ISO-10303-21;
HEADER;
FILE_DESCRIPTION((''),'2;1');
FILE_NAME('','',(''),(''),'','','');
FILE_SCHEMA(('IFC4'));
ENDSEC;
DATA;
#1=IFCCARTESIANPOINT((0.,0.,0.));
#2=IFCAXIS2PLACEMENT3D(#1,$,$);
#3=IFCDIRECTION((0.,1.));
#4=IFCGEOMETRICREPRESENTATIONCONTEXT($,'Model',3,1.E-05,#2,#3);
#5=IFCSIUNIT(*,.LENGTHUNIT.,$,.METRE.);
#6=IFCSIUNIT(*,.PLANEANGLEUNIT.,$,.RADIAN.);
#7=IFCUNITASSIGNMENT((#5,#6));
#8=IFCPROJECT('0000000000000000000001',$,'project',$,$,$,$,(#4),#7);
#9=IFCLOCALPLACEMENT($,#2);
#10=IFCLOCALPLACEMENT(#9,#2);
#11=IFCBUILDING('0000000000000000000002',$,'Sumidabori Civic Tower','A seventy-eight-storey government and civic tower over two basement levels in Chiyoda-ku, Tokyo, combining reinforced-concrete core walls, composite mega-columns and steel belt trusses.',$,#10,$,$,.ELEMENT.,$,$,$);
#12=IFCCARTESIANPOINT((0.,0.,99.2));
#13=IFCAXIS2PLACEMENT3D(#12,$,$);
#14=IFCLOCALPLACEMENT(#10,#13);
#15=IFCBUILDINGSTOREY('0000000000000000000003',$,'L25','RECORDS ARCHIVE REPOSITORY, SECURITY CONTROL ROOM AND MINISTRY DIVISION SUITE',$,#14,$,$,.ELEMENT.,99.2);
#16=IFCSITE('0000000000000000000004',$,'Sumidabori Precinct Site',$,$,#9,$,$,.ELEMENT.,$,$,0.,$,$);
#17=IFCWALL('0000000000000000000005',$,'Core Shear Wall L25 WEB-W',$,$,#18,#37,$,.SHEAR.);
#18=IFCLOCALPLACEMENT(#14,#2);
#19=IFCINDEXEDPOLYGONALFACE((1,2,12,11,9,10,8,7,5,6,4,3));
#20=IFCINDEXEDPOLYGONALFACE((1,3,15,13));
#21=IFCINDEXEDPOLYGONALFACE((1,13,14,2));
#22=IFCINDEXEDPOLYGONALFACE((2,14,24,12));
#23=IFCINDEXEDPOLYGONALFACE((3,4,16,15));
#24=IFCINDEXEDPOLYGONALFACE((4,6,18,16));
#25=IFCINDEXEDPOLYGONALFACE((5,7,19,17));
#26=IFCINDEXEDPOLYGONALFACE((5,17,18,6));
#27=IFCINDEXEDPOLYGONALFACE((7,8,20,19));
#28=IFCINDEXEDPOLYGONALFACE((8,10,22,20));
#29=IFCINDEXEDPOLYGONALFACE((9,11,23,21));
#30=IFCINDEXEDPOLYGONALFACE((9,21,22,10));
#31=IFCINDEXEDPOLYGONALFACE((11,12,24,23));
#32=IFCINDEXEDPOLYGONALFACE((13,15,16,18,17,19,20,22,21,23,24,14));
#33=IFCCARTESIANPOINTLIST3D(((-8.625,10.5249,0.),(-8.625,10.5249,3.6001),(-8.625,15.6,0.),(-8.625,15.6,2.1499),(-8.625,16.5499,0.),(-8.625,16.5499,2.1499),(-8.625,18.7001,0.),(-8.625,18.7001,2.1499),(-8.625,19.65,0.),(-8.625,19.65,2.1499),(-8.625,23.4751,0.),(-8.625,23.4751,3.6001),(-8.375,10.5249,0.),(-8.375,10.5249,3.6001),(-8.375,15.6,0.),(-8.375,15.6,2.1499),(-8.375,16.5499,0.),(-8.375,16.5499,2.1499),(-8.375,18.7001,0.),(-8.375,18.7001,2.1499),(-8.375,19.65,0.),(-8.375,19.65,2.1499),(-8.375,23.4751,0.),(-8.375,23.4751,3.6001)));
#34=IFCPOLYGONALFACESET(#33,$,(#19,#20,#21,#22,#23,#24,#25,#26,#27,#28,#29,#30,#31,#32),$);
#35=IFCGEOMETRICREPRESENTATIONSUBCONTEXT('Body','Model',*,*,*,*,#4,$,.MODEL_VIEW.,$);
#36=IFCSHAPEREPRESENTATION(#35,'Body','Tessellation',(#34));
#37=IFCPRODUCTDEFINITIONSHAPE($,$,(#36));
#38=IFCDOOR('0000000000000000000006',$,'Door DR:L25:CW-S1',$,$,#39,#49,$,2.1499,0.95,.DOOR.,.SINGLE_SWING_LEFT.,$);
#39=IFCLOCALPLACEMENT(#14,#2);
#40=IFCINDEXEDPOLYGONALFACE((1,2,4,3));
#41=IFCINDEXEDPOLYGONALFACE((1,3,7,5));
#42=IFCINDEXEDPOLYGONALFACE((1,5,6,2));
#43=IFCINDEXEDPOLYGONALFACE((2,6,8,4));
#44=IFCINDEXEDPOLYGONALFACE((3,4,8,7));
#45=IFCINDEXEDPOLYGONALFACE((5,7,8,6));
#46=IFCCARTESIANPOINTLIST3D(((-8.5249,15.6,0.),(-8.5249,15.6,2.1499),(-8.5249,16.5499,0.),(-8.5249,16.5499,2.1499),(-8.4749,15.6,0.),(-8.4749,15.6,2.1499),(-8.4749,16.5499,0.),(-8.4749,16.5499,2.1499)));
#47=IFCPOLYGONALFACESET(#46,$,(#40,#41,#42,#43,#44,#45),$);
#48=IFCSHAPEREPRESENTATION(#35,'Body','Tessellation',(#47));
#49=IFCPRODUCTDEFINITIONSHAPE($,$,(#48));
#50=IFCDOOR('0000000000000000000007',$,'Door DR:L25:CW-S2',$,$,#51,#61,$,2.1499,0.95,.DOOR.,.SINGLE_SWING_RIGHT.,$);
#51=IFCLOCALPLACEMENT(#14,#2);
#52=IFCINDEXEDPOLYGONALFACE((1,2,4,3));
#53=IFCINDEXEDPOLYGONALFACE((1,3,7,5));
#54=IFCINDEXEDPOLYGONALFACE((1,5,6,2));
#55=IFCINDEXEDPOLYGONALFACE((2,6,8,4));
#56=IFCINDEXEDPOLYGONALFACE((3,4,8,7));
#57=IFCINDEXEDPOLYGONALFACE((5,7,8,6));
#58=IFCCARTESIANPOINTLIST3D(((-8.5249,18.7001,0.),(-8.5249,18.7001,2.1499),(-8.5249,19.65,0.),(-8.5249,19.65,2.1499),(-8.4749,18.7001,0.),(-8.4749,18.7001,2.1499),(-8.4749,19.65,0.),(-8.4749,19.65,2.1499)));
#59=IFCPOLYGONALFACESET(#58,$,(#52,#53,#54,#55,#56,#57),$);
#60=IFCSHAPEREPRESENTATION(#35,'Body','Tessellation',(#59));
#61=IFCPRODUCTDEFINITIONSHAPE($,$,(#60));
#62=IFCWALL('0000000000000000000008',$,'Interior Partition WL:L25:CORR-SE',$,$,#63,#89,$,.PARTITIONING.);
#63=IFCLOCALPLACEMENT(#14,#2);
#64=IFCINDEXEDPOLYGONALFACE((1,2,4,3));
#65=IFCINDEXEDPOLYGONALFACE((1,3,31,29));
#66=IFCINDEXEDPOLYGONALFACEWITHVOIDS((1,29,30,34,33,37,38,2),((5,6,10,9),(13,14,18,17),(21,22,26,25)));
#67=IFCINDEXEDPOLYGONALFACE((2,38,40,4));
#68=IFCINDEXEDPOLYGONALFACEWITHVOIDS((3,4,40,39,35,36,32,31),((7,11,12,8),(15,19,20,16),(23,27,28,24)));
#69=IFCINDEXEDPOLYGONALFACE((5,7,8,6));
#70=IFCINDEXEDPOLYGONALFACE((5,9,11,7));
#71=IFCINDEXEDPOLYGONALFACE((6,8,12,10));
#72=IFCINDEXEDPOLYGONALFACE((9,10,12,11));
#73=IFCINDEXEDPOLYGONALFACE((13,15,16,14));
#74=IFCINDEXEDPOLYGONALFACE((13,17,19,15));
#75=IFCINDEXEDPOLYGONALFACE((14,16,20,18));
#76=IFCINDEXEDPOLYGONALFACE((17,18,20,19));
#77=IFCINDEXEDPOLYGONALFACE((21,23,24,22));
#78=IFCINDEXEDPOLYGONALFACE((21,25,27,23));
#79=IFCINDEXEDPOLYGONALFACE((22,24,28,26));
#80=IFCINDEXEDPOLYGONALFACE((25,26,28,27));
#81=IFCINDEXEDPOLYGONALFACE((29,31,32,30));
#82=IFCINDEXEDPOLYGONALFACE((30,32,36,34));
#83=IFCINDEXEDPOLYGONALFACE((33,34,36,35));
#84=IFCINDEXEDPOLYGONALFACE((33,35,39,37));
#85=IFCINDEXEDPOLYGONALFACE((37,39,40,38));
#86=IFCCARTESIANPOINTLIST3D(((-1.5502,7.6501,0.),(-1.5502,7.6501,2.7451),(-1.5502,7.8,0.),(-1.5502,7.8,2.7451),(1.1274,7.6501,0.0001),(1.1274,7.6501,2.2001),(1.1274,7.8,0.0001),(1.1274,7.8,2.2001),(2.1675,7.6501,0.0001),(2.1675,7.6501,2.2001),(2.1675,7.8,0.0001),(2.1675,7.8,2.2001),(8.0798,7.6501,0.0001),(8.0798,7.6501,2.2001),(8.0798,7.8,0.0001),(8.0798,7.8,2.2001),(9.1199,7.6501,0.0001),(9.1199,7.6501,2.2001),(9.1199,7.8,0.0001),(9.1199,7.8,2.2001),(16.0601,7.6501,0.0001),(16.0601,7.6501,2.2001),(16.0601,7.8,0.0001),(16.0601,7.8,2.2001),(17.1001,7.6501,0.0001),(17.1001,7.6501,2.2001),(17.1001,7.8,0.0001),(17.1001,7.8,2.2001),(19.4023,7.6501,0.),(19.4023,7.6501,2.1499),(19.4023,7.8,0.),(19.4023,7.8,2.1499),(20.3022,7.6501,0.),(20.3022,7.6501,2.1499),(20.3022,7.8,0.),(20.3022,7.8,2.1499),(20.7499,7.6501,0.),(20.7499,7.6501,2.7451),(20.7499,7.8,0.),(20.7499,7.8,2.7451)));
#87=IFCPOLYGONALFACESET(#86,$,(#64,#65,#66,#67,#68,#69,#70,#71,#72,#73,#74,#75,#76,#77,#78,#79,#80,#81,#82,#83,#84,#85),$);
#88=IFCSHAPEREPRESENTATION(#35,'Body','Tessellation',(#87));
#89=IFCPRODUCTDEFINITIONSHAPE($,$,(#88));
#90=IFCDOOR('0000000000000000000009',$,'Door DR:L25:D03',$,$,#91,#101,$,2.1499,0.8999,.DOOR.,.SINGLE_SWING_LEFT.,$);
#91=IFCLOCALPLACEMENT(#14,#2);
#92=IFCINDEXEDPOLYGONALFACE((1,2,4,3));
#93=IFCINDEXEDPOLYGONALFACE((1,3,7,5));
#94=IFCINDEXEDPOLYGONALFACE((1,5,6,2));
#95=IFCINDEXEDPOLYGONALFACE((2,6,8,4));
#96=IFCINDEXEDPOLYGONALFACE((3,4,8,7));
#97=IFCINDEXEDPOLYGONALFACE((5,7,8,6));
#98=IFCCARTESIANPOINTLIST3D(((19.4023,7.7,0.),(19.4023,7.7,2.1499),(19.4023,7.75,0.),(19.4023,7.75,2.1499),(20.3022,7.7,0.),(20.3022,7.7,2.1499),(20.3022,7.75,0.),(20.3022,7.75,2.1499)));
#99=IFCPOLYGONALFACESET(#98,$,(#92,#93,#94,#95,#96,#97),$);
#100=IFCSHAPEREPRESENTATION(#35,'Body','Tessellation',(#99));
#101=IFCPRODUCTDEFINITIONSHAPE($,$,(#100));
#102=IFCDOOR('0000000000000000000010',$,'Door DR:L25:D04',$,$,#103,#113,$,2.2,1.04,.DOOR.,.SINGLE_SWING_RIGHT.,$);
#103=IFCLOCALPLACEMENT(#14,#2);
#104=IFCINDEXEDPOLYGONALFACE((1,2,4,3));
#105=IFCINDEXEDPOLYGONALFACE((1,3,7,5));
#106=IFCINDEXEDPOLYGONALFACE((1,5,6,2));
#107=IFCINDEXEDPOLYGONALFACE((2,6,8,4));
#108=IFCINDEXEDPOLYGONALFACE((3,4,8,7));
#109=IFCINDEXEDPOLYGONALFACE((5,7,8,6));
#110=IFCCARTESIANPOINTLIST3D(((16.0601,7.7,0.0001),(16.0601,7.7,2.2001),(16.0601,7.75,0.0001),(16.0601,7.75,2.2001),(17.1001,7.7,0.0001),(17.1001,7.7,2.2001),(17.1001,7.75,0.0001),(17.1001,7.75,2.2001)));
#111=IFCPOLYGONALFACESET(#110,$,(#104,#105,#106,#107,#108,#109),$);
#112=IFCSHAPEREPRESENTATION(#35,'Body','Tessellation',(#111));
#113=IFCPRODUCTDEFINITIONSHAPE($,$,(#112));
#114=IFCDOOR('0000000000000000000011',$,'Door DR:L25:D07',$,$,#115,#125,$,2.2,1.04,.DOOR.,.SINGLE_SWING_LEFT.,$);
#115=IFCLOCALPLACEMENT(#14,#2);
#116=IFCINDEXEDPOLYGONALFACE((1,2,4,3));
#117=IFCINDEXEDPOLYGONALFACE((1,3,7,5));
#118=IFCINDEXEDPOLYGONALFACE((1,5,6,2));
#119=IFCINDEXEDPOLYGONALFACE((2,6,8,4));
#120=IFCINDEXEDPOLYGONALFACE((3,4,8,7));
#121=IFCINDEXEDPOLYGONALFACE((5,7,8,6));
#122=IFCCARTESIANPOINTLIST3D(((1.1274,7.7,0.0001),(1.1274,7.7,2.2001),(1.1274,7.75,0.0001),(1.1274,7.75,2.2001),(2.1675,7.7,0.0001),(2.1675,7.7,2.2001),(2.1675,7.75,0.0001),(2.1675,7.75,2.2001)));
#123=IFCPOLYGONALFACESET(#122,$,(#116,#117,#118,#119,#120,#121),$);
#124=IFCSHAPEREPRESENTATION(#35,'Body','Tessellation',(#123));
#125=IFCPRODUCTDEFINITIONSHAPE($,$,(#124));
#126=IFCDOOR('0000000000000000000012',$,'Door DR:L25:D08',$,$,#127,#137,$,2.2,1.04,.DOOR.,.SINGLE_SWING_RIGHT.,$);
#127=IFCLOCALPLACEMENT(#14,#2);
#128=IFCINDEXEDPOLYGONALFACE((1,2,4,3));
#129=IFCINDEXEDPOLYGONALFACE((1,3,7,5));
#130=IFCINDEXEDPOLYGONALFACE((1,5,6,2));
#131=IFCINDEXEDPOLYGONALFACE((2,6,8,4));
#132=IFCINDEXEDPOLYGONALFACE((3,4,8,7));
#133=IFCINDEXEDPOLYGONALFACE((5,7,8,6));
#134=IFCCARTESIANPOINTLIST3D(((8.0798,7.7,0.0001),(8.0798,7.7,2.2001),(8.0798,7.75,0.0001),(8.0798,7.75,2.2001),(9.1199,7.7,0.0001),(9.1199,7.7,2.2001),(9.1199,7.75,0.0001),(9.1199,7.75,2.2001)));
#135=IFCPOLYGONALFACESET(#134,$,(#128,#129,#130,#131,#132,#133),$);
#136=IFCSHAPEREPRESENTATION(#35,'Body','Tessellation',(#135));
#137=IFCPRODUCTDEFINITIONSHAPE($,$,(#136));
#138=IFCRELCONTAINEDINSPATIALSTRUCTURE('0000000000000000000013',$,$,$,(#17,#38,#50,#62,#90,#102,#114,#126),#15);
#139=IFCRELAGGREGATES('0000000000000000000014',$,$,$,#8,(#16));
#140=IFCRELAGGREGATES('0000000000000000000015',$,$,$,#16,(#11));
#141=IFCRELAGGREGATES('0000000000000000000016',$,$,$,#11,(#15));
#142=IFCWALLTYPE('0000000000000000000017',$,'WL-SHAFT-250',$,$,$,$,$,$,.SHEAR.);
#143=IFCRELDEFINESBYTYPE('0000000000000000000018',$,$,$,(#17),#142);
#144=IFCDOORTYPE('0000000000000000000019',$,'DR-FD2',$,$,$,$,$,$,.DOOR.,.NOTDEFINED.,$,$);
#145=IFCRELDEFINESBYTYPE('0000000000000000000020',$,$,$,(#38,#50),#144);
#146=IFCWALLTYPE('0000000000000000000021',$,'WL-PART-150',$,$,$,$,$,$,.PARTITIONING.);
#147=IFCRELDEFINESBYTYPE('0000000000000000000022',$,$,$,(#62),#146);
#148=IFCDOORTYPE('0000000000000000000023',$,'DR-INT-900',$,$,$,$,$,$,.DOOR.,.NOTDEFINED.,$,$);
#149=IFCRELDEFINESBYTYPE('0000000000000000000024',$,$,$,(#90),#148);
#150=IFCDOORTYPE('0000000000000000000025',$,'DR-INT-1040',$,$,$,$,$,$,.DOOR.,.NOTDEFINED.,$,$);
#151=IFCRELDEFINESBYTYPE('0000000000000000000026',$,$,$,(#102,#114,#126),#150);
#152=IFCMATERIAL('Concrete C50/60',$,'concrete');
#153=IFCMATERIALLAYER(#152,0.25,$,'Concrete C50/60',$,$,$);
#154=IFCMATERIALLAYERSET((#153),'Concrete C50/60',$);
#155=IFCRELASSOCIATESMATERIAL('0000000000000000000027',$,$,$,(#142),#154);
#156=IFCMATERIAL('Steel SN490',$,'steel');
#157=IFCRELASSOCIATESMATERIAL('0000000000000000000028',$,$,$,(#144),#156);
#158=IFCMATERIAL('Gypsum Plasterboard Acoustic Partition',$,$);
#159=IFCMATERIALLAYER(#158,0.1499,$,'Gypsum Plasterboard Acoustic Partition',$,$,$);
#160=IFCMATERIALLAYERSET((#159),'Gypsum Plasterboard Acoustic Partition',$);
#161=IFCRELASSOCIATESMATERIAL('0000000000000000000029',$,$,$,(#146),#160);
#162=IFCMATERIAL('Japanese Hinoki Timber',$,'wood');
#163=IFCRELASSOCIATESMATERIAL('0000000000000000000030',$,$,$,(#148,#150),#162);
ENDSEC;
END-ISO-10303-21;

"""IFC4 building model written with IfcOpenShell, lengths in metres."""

from ifc_helpers import new_model, si_unit, direction, frame, frame_2d, origin, place, context, subcontext, project, spatial, rectangle, extrude, source, transform, mapped, material, layer, layer_set, type_object, element, fill, save


model = new_model("IFC4")

# Units and contexts
model_context = context("Model", 3, precision=1e-05, world=origin(), true_north=direction((0.0, 1.0)))
body_context = subcontext(model_context, "Body", "Model", "MODEL_VIEW")
ifc_project = project(units=[si_unit("LENGTHUNIT", "METRE"), si_unit("PLANEANGLEUNIT", "RADIAN")], contexts=[model_context])

# Site, building, storey
site_placement = place(None, origin())
site = spatial("IfcSite", under=ifc_project, at=site_placement, Name="Sumidabori Precinct Site", CompositionType="ELEMENT", RefElevation=0.0)
building_placement = place(site_placement, origin())
building = spatial("IfcBuilding", under=site, at=building_placement, Name="Sumidabori Civic Tower", Description="A seventy-eight-storey government and civic tower over two basement levels in Chiyoda-ku, Tokyo, combining reinforced-concrete core walls, composite mega-columns and steel belt trusses.", CompositionType="ELEMENT")
storey_placement = place(building_placement, frame((0.0, 0.0, 99.2)))
storey = spatial("IfcBuildingStorey", under=building, at=storey_placement, Name="L25", Description="RECORDS ARCHIVE REPOSITORY, SECURITY CONTROL ROOM AND MINISTRY DIVISION SUITE", CompositionType="ELEMENT", Elevation=99.2)

# Shared definitions
ifc_material_1 = material(Name="Concrete C50/60", Category="concrete")

# Shared definitions
ifc_material_2 = material(Name="Steel SN490", Category="steel")

# Wall, openings, doors
ifc_layer_1 = layer(ifc_material_1, 0.25, Name="Concrete C50/60")
ifc_layer_set_1 = layer_set([ifc_layer_1], Name="Concrete C50/60")
wall_type_1 = type_object("IfcWallType", Name="WL-SHAFT-250", PredefinedType="SHEAR", material=ifc_layer_set_1)
shared_shape_1 = source(origin(), body_context, "Body", "SweptSolid", [
    extrude(rectangle(XDim=12.9502, YDim=0.25, at=frame_2d((6.4751, 0.0))), origin(), (0.0, 0.0, 1.0), 3.6001),
])
wall_1_placement = place(storey_placement, frame((-8.5, 10.5249, 0.0), z_axis=(0.0, 0.0, 1.0), x_axis=(0.0, 1.0, 0.0)))
wall_1 = element("IfcWall", 1, at=wall_1_placement, inside=storey, type_object=wall_type_1, Name="Core Shear Wall L25 WEB-W", PredefinedType="SHEAR", context=body_context, shape_type="MappedRepresentation", body=[
    mapped(shared_shape_1, transform((0.0, 0.0, 0.0), x_axis=(1.0, 0.0, 0.0), y_axis=(0.0, 1.0, 0.0), z_axis=(0.0, 0.0, 1.0), scale=1.0)),
])
opening_1_placement = place(wall_1_placement, frame((5.075, 0.0, 0.0)))
opening_1 = element("IfcOpeningElement", 2, at=opening_1_placement, cuts=wall_1, PredefinedType="OPENING", context=body_context, shape_type="SweptSolid", body=[
    extrude(rectangle(XDim=0.95, YDim=2.1499, at=frame_2d((0.4751, 1.075))), frame((0.0, 0.137, 0.0), z_axis=(0.0, -1.0, 0.0), x_axis=(1.0, 0.0, 0.0)), (0.0, 0.0, 1.0), 0.2739),
])
opening_2_placement = place(wall_1_placement, frame((8.175, 0.0, 0.0)))
opening_2 = element("IfcOpeningElement", 3, at=opening_2_placement, cuts=wall_1, PredefinedType="OPENING", context=body_context, shape_type="SweptSolid", body=[
    extrude(rectangle(XDim=0.95, YDim=2.1499, at=frame_2d((0.4751, 1.075))), frame((0.0, 0.137, 0.0), z_axis=(0.0, -1.0, 0.0), x_axis=(1.0, 0.0, 0.0)), (0.0, 0.0, 1.0), 0.2739),
])
door_type_1 = type_object("IfcDoorType", Name="DR-FD2", OperationType="NOTDEFINED", PredefinedType="DOOR", material=ifc_material_2)
shared_shape_2 = source(origin(), body_context, "Body", "SweptSolid", [
    extrude(rectangle(XDim=0.95, YDim=2.1499, at=frame_2d((0.4751, 1.075))), frame((0.0, 0.0249, 0.0), z_axis=(0.0, -1.0, 0.0), x_axis=(1.0, 0.0, 0.0)), (0.0, 0.0, 1.0), 0.05),
])
door_1_placement = place(opening_1_placement, origin())
door_1 = element("IfcDoor", 4, at=door_1_placement, inside=storey, type_object=door_type_1, Name="Door DR:L25:CW-S1", OperationType="SINGLE_SWING_LEFT", OverallHeight=2.1499, OverallWidth=0.95, PredefinedType="DOOR", context=body_context, shape_type="MappedRepresentation", body=[
    mapped(shared_shape_2, transform((0.0, 0.0, 0.0), x_axis=(1.0, 0.0, 0.0), y_axis=(0.0, 1.0, 0.0), z_axis=(0.0, 0.0, 1.0), scale=1.0)),
])
fill(opening_1, door_1)
door_2_placement = place(opening_2_placement, origin())
door_2 = element("IfcDoor", 5, at=door_2_placement, inside=storey, type_object=door_type_1, Name="Door DR:L25:CW-S2", OperationType="SINGLE_SWING_RIGHT", OverallHeight=2.1499, OverallWidth=0.95, PredefinedType="DOOR", context=body_context, shape_type="MappedRepresentation", body=[
    mapped(shared_shape_2, transform((0.0, 0.0, 0.0), x_axis=(1.0, 0.0, 0.0), y_axis=(0.0, 1.0, 0.0), z_axis=(0.0, 0.0, 1.0), scale=1.0)),
])
fill(opening_2, door_2)

# Wall, openings, doors
ifc_material_3 = material(Name="Gypsum Plasterboard Acoustic Partition")
ifc_layer_2 = layer(ifc_material_3, 0.1499, Name="Gypsum Plasterboard Acoustic Partition")
ifc_layer_set_2 = layer_set([ifc_layer_2], Name="Gypsum Plasterboard Acoustic Partition")
wall_type_2 = type_object("IfcWallType", Name="WL-PART-150", PredefinedType="PARTITIONING", material=ifc_layer_set_2)
shared_shape_3 = source(origin(), body_context, "Body", "SweptSolid", [
    extrude(rectangle(XDim=22.3, YDim=0.1499, at=frame_2d((11.1499, 0.0))), origin(), (0.0, 0.0, 1.0), 2.7451),
])
wall_2_placement = place(storey_placement, frame((-1.55, 7.7251, 0.0), z_axis=(0.0, 0.0, 1.0), x_axis=(1.0, 0.0, 0.0)))
wall_2 = element("IfcWall", 6, at=wall_2_placement, inside=storey, type_object=wall_type_2, Name="Interior Partition WL:L25:CORR-SE", PredefinedType="PARTITIONING", context=body_context, shape_type="MappedRepresentation", body=[
    mapped(shared_shape_3, transform((0.0, 0.0, 0.0), x_axis=(1.0, 0.0, 0.0), y_axis=(0.0, 1.0, 0.0), z_axis=(0.0, 0.0, 1.0), scale=1.0)),
])
opening_3_placement = place(wall_2_placement, frame((20.9524, 0.0, 0.0)))
opening_3 = element("IfcOpeningElement", 7, at=opening_3_placement, cuts=wall_2, PredefinedType="OPENING", context=body_context, shape_type="SweptSolid", body=[
    extrude(rectangle(XDim=0.8999, YDim=2.1499, at=frame_2d((0.45, 1.075))), frame((0.0, 0.0869, 0.0), z_axis=(0.0, -1.0, 0.0), x_axis=(1.0, 0.0, 0.0)), (0.0, 0.0, 1.0), 0.1738),
])
opening_4_placement = place(wall_2_placement, frame((17.6101, 0.0, 0.0)))
opening_4 = element("IfcOpeningElement", 8, at=opening_4_placement, cuts=wall_2, PredefinedType="OPENING", context=body_context, shape_type="SweptSolid", body=[
    extrude(rectangle(XDim=1.04, YDim=2.2, at=frame_2d((0.52, 1.1001))), frame((0.0, 0.0869, 0.0), z_axis=(0.0, -1.0, 0.0), x_axis=(1.0, 0.0, 0.0)), (0.0, 0.0, 1.0), 0.1738),
])
opening_5_placement = place(wall_2_placement, frame((2.6775, 0.0, 0.0)))
opening_5 = element("IfcOpeningElement", 9, at=opening_5_placement, cuts=wall_2, PredefinedType="OPENING", context=body_context, shape_type="SweptSolid", body=[
    extrude(rectangle(XDim=1.04, YDim=2.2, at=frame_2d((0.52, 1.1001))), frame((0.0, 0.0869, 0.0), z_axis=(0.0, -1.0, 0.0), x_axis=(1.0, 0.0, 0.0)), (0.0, 0.0, 1.0), 0.1738),
])
opening_6_placement = place(wall_2_placement, frame((9.6299, 0.0, 0.0)))
opening_6 = element("IfcOpeningElement", 10, at=opening_6_placement, cuts=wall_2, PredefinedType="OPENING", context=body_context, shape_type="SweptSolid", body=[
    extrude(rectangle(XDim=1.04, YDim=2.2, at=frame_2d((0.52, 1.1001))), frame((0.0, 0.0869, 0.0), z_axis=(0.0, -1.0, 0.0), x_axis=(1.0, 0.0, 0.0)), (0.0, 0.0, 1.0), 0.1738),
])
ifc_material_4 = material(Name="Japanese Hinoki Timber", Category="wood")
door_type_2 = type_object("IfcDoorType", Name="DR-INT-900", OperationType="NOTDEFINED", PredefinedType="DOOR", material=ifc_material_4)
shared_shape_4 = source(origin(), body_context, "Body", "SweptSolid", [
    extrude(rectangle(XDim=0.8999, YDim=2.1499, at=frame_2d((0.45, 1.075))), frame((0.0, 0.0249, 0.0), z_axis=(0.0, -1.0, 0.0), x_axis=(1.0, 0.0, 0.0)), (0.0, 0.0, 1.0), 0.05),
])
door_3_placement = place(opening_3_placement, origin())
door_3 = element("IfcDoor", 11, at=door_3_placement, inside=storey, type_object=door_type_2, Name="Door DR:L25:D03", OperationType="SINGLE_SWING_LEFT", OverallHeight=2.1499, OverallWidth=0.8999, PredefinedType="DOOR", context=body_context, shape_type="MappedRepresentation", body=[
    mapped(shared_shape_4, transform((0.0, 0.0, 0.0), x_axis=(1.0, 0.0, 0.0), y_axis=(0.0, 1.0, 0.0), z_axis=(0.0, 0.0, 1.0), scale=1.0)),
])
fill(opening_3, door_3)
door_type_3 = type_object("IfcDoorType", Name="DR-INT-1040", OperationType="NOTDEFINED", PredefinedType="DOOR", material=ifc_material_4)
shared_shape_5 = source(origin(), body_context, "Body", "SweptSolid", [
    extrude(rectangle(XDim=1.04, YDim=2.2, at=frame_2d((0.52, 1.1001))), frame((0.0, 0.0249, 0.0), z_axis=(0.0, -1.0, 0.0), x_axis=(1.0, 0.0, 0.0)), (0.0, 0.0, 1.0), 0.05),
])
door_4_placement = place(opening_4_placement, origin())
door_4 = element("IfcDoor", 12, at=door_4_placement, inside=storey, type_object=door_type_3, Name="Door DR:L25:D04", OperationType="SINGLE_SWING_RIGHT", OverallHeight=2.2, OverallWidth=1.04, PredefinedType="DOOR", context=body_context, shape_type="MappedRepresentation", body=[
    mapped(shared_shape_5, transform((0.0, 0.0, 0.0), x_axis=(1.0, 0.0, 0.0), y_axis=(0.0, 1.0, 0.0), z_axis=(0.0, 0.0, 1.0), scale=1.0)),
])
fill(opening_4, door_4)
door_5_placement = place(opening_5_placement, origin())
door_5 = element("IfcDoor", 13, at=door_5_placement, inside=storey, type_object=door_type_3, Name="Door DR:L25:D07", OperationType="SINGLE_SWING_LEFT", OverallHeight=2.2, OverallWidth=1.04, PredefinedType="DOOR", context=body_context, shape_type="MappedRepresentation", body=[
    mapped(shared_shape_5, transform((0.0, 0.0, 0.0), x_axis=(1.0, 0.0, 0.0), y_axis=(0.0, 1.0, 0.0), z_axis=(0.0, 0.0, 1.0), scale=1.0)),
])
fill(opening_5, door_5)
door_6_placement = place(opening_6_placement, origin())
door_6 = element("IfcDoor", 14, at=door_6_placement, inside=storey, type_object=door_type_3, Name="Door DR:L25:D08", OperationType="SINGLE_SWING_RIGHT", OverallHeight=2.2, OverallWidth=1.04, PredefinedType="DOOR", context=body_context, shape_type="MappedRepresentation", body=[
    mapped(shared_shape_5, transform((0.0, 0.0, 0.0), x_axis=(1.0, 0.0, 0.0), y_axis=(0.0, 1.0, 0.0), z_axis=(0.0, 0.0, 1.0), scale=1.0)),
])
fill(opening_6, door_6)

save(model, "model.ifc")
